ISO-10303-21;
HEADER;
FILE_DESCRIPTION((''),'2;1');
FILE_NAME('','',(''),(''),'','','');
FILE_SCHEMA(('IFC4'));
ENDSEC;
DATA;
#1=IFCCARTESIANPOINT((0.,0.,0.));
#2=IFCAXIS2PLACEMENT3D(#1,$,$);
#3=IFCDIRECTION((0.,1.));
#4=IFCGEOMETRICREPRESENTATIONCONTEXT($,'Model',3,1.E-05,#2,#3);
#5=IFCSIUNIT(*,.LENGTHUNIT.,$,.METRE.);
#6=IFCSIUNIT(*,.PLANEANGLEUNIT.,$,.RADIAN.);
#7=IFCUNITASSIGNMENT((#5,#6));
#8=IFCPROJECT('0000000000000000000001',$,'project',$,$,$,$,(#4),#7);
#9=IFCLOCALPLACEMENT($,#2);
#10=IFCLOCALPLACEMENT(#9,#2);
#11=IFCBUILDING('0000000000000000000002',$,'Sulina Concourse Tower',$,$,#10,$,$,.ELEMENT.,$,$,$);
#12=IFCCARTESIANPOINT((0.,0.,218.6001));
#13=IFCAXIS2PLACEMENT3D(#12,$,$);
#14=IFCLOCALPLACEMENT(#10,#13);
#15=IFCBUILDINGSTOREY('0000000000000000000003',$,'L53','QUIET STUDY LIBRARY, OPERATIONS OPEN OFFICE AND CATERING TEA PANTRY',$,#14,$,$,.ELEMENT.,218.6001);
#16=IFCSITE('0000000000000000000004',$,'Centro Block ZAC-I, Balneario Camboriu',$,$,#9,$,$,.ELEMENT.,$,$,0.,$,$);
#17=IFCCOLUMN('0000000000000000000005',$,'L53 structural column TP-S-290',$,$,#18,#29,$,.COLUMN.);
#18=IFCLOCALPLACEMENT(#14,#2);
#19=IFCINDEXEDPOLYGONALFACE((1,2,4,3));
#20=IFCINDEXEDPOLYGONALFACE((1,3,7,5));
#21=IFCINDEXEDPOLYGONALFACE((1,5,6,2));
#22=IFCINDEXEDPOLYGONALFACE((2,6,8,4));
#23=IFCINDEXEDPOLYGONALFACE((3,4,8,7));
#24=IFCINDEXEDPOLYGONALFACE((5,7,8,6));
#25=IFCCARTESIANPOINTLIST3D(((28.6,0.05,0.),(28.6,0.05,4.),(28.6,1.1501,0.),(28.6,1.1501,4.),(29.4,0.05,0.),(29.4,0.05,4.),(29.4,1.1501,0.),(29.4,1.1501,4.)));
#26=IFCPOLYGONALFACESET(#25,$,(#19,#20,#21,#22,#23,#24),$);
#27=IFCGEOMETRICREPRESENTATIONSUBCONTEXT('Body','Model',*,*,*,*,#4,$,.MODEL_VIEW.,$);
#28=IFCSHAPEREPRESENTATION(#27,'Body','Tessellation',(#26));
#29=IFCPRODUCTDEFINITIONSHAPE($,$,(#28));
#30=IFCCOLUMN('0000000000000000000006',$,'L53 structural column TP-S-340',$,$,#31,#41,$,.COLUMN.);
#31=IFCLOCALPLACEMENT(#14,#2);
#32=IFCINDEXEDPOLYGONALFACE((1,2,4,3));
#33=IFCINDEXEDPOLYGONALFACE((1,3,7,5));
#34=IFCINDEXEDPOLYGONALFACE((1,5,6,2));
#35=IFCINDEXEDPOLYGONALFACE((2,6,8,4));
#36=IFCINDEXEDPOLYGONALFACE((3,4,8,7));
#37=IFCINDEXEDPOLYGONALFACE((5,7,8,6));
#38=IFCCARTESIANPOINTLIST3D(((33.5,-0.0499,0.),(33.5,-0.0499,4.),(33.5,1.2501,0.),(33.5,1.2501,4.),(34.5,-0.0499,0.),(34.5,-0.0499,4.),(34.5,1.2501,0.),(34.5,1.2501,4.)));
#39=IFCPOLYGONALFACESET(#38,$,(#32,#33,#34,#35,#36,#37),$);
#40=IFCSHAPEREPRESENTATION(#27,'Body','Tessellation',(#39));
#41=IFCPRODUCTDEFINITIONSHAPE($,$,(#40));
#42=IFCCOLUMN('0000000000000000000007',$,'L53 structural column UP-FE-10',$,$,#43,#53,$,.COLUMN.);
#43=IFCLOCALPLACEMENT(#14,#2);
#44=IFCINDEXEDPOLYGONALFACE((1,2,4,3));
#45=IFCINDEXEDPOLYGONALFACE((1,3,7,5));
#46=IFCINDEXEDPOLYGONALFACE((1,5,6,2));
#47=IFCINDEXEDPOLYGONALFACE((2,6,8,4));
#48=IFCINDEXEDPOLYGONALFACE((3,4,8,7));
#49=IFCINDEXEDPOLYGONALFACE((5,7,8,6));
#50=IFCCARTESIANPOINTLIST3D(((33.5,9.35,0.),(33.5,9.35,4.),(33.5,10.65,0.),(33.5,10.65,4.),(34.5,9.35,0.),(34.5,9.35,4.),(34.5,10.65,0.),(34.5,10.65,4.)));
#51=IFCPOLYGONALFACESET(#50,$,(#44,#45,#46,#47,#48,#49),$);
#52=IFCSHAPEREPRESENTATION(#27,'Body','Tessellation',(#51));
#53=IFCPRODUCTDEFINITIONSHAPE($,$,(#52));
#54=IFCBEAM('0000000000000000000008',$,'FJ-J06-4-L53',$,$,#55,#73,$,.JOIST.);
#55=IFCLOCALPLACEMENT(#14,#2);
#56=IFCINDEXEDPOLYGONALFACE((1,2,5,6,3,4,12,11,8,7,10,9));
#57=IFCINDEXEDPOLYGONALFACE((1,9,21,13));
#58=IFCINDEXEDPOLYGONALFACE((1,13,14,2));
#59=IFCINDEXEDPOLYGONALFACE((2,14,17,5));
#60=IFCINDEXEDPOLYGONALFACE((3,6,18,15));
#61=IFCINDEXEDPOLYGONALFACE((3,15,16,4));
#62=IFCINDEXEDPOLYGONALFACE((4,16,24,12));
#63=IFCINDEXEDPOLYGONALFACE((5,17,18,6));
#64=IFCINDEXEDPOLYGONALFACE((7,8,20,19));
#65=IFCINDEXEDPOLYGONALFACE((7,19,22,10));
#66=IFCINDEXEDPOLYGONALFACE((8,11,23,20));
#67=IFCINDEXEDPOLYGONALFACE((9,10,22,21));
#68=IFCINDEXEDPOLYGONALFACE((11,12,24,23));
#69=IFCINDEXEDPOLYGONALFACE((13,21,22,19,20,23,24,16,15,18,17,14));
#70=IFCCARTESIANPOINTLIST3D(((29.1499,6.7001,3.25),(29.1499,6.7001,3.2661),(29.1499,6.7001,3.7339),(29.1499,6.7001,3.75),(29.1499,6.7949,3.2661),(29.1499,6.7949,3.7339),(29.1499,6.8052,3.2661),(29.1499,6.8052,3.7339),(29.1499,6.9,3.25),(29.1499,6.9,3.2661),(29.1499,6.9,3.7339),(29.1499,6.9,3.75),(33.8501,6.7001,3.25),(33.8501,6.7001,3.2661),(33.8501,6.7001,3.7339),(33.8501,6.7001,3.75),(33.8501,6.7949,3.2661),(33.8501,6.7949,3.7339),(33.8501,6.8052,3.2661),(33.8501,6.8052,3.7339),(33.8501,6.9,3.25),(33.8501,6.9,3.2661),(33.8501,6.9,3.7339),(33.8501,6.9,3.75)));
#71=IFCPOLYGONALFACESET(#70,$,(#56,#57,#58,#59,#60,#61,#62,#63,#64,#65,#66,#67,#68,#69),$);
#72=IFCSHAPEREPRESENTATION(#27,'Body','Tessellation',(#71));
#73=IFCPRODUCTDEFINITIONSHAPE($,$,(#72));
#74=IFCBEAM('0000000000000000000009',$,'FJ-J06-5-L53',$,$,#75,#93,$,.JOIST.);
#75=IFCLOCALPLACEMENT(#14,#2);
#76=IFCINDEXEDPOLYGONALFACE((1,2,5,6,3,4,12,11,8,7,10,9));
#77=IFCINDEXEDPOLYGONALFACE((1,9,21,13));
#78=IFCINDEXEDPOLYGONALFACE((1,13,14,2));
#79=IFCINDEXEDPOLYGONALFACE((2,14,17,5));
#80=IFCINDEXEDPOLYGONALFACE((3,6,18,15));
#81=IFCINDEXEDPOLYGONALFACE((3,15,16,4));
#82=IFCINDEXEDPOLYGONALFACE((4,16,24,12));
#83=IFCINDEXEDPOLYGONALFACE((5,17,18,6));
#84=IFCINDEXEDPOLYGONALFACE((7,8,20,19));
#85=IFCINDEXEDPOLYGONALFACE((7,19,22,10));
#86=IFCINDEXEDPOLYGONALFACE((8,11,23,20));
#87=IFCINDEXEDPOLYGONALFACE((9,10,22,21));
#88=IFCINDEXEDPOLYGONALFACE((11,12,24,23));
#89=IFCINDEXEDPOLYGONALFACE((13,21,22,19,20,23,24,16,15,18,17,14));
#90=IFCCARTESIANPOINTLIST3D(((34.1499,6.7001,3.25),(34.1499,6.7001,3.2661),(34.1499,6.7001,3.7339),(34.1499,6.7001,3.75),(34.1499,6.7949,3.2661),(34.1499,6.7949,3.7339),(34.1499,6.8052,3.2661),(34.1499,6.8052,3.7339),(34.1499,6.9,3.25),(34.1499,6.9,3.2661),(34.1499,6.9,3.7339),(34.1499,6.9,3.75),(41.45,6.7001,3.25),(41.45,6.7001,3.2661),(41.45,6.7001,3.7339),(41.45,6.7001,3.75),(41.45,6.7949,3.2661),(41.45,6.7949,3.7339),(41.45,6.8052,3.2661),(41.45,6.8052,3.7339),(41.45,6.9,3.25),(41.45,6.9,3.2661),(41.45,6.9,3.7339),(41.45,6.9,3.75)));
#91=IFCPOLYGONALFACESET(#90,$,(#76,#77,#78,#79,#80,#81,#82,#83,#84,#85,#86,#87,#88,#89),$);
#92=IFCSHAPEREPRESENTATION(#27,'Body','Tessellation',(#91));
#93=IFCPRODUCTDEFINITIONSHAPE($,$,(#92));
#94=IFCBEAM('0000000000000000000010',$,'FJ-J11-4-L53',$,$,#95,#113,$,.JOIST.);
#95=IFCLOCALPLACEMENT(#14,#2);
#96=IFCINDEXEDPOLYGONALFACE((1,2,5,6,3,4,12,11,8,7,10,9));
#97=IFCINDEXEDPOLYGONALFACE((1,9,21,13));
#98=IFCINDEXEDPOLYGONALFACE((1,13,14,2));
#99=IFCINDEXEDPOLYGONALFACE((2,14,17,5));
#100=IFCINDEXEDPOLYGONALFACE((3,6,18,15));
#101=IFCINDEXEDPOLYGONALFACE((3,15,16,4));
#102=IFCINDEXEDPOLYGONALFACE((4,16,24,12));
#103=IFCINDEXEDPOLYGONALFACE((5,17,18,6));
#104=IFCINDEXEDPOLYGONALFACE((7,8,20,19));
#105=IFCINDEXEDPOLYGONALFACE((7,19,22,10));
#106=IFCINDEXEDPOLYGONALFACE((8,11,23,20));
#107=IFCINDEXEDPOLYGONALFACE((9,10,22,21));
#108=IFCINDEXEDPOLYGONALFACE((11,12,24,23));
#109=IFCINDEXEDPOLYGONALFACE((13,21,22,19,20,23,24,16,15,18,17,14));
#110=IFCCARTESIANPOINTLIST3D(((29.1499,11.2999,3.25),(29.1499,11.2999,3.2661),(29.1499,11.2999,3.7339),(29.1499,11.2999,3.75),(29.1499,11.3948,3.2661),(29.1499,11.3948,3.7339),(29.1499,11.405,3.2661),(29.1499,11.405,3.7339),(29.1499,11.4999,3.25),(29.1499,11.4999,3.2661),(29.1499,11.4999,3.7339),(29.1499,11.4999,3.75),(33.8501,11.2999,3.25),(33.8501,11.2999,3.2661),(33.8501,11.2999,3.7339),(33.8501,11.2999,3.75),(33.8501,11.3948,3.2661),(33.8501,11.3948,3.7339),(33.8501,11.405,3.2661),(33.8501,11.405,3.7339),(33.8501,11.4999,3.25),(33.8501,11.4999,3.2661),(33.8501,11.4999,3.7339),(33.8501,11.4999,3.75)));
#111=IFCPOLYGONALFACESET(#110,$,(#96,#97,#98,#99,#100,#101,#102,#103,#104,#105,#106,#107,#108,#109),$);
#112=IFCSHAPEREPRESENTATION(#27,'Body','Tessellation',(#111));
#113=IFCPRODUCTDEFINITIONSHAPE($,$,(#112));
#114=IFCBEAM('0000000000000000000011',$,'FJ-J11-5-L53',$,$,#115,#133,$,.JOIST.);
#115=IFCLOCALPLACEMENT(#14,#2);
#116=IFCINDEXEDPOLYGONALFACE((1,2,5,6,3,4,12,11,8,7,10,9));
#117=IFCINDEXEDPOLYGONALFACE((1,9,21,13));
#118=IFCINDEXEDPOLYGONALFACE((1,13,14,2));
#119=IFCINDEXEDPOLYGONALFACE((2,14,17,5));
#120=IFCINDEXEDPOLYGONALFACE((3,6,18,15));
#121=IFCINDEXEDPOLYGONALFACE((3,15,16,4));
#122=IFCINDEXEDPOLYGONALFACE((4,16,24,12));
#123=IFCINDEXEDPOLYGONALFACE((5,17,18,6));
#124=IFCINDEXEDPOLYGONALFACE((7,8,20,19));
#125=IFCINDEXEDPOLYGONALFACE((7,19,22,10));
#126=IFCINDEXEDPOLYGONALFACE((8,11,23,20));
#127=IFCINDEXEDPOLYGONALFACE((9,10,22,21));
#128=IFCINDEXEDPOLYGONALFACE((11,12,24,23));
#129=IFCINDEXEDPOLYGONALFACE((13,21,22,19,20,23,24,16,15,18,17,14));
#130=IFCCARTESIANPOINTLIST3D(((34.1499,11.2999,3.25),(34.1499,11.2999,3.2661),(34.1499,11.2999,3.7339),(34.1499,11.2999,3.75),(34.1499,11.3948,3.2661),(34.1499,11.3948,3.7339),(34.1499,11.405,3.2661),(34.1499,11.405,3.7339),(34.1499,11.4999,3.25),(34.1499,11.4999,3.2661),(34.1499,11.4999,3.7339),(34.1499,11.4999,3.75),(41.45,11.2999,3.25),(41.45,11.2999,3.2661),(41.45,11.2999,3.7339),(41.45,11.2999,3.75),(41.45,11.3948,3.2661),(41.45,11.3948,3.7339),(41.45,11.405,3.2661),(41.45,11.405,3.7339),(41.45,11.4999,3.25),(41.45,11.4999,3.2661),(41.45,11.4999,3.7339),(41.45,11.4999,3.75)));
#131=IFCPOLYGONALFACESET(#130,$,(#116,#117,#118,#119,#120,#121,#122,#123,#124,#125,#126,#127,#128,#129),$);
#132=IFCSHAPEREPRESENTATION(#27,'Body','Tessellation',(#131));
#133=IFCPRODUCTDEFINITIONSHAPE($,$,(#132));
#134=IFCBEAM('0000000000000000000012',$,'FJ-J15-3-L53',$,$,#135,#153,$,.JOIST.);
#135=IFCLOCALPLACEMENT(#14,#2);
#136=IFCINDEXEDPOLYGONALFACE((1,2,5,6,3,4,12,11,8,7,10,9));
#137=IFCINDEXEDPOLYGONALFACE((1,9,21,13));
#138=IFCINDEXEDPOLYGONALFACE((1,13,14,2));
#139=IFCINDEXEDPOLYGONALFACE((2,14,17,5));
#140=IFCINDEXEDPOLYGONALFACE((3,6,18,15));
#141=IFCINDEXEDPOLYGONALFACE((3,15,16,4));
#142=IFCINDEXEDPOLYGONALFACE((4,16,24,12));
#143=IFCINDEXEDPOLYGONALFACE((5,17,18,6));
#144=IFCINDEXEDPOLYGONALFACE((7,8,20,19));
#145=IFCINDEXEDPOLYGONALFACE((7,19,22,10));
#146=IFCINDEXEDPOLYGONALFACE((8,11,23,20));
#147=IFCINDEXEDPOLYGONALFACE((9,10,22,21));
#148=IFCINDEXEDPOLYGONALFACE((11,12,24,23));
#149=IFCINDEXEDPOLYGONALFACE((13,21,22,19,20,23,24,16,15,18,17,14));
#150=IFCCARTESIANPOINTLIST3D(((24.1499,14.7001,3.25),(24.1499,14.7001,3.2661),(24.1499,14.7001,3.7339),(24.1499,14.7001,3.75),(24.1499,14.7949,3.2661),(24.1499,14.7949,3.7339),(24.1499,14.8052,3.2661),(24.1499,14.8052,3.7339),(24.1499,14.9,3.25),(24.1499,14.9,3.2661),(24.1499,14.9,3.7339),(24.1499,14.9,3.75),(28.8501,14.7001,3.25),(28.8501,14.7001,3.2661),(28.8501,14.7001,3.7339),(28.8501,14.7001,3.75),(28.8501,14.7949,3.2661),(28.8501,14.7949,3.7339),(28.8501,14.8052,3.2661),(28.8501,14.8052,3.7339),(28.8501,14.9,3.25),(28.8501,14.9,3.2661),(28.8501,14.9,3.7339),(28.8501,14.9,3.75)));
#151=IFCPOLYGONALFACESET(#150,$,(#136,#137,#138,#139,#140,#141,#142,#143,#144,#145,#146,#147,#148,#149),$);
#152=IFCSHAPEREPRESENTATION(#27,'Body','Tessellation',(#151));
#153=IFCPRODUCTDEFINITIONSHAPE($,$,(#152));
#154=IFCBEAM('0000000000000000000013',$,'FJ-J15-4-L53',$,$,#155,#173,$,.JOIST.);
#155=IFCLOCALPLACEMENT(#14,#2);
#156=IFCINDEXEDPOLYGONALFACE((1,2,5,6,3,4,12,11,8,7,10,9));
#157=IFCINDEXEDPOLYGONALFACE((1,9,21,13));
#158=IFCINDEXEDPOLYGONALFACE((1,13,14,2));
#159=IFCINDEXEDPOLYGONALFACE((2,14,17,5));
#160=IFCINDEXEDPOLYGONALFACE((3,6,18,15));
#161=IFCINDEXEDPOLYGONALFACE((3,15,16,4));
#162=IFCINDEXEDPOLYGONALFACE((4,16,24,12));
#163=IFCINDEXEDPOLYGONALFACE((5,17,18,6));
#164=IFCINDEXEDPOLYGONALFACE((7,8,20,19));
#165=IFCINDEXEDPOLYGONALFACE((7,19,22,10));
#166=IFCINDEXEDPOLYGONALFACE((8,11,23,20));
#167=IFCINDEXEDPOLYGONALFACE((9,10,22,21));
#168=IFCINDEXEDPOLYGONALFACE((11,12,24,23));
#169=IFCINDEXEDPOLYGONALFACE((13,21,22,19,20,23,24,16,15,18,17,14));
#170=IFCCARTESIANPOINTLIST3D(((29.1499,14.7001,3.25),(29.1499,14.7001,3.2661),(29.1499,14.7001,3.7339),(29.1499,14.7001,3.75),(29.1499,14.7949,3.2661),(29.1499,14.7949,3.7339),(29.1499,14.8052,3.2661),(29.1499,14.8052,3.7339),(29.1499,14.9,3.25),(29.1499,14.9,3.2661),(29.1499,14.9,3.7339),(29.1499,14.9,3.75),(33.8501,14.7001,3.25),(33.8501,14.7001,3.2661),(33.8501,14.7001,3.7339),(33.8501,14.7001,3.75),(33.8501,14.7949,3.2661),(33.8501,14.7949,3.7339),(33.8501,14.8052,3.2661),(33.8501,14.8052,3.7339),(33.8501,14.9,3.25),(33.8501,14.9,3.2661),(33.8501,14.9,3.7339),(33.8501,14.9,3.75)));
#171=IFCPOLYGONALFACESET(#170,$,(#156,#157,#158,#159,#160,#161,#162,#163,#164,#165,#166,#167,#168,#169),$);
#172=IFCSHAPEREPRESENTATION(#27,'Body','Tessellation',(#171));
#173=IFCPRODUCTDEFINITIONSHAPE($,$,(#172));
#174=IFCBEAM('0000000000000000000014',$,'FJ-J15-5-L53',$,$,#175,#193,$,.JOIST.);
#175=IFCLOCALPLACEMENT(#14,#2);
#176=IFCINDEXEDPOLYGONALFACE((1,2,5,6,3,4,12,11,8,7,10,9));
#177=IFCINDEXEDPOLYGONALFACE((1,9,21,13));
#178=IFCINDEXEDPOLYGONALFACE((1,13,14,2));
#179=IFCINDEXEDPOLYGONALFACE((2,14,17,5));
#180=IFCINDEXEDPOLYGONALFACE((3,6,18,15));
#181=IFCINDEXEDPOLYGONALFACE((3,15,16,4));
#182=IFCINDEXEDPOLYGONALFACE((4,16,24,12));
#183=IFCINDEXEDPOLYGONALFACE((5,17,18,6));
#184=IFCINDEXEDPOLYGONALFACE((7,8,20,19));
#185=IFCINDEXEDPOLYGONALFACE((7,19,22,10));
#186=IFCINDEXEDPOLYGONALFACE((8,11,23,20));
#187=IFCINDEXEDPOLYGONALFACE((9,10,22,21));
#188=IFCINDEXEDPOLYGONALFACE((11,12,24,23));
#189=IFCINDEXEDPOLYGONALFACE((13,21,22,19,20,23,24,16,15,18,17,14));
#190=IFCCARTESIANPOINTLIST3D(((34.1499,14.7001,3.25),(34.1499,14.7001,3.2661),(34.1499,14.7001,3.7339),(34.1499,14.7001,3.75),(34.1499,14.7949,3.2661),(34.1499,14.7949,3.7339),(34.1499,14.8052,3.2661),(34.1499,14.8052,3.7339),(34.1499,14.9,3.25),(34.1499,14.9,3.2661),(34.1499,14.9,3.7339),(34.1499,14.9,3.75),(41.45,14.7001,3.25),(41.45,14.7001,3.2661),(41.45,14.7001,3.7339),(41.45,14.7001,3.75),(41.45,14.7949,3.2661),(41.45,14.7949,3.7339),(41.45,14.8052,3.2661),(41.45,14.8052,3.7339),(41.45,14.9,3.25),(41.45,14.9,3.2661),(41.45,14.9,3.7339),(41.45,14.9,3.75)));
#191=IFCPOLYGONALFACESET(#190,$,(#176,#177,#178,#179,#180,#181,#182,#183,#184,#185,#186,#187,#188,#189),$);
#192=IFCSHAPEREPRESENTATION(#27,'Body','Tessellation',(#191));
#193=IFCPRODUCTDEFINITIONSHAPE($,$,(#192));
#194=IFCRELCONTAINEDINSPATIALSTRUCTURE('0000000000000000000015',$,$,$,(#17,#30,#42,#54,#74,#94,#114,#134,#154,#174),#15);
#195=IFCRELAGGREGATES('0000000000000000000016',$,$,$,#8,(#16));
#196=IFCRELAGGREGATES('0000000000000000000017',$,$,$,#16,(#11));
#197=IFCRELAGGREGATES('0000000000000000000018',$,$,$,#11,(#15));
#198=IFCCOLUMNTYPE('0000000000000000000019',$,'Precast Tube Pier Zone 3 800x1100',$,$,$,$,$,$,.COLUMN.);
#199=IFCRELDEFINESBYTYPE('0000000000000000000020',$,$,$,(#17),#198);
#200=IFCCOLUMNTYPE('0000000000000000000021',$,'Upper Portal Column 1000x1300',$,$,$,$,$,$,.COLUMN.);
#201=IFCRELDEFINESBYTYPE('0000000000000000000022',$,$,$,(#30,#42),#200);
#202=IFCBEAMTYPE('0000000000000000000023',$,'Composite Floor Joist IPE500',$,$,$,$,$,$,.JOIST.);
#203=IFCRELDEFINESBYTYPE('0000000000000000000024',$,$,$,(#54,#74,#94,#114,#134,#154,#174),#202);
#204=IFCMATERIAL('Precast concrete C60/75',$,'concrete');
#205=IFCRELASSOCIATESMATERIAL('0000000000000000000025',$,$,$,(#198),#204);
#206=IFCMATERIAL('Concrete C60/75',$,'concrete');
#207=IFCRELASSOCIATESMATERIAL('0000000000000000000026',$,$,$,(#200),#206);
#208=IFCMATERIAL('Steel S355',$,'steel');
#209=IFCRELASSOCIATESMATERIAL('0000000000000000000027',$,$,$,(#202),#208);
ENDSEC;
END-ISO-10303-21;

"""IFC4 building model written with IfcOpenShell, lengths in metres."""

from ifc_helpers import new_model, si_unit, direction, frame, origin, origin_2d, place, context, subcontext, project, spatial, rectangle, i_section, extrude, material, material_profile, profile_set, type_object, element, save


model = new_model("IFC4")

# Units and contexts
model_context = context("Model", 3, precision=1e-05, world=origin(), true_north=direction((0.0, 1.0)))
body_context = subcontext(model_context, "Body", "Model", "MODEL_VIEW")
ifc_project = project(units=[si_unit("LENGTHUNIT", "METRE"), si_unit("PLANEANGLEUNIT", "RADIAN")], contexts=[model_context])

# Site, building, storey
site_placement = place(None, origin())
site = spatial("IfcSite", under=ifc_project, at=site_placement, Name="Centro Block ZAC-I, Balneario Camboriu", CompositionType="ELEMENT", RefElevation=0.0)
building_placement = place(site_placement, origin())
building = spatial("IfcBuilding", under=site, at=building_placement, Name="Sulina Concourse Tower", CompositionType="ELEMENT")
storey_placement = place(building_placement, frame((0.0, 0.0, 218.6001)))
storey = spatial("IfcBuildingStorey", under=building, at=storey_placement, Name="L53", Description="QUIET STUDY LIBRARY, OPERATIONS OPEN OFFICE AND CATERING TEA PANTRY", CompositionType="ELEMENT", Elevation=218.6001)

# Columns
ifc_material_1 = material(Name="Precast concrete C60/75", Category="concrete")
ifc_material_profile_1 = material_profile(ifc_material_1, rectangle(XDim=0.8, YDim=1.1001, at=origin_2d()), Name="PC 800x1100")
ifc_profile_set_1 = profile_set([ifc_material_profile_1], Name="Precast concrete C60/75")
column_type_1 = type_object("IfcColumnType", Name="Precast Tube Pier Zone 3 800x1100", PredefinedType="COLUMN", material=ifc_profile_set_1)
column_placement = place(storey_placement, frame((29.0, 0.6001, 0.0), z_axis=(0.0, 0.0, 1.0), x_axis=(1.0, 0.0, 0.0)))
element("IfcColumn", 1, at=column_placement, inside=storey, type_object=column_type_1, Name="L53 structural column TP-S-290", PredefinedType="COLUMN", context=body_context, shape_type="SweptSolid", body=[
    extrude(rectangle(XDim=0.8, YDim=1.1001, at=origin_2d()), origin(), (0.0, 0.0, 1.0), 4.0),
])
ifc_material_2 = material(Name="Concrete C60/75", Category="concrete")
ifc_material_profile_2 = material_profile(ifc_material_2, rectangle(XDim=1.0, YDim=1.3, at=origin_2d()), Name="RC 1000x1300")
ifc_profile_set_2 = profile_set([ifc_material_profile_2], Name="Concrete C60/75")
column_type_2 = type_object("IfcColumnType", Name="Upper Portal Column 1000x1300", PredefinedType="COLUMN", material=ifc_profile_set_2)
for number, where, z_axis, x_axis, name in (
    (2, (34.0, 0.6001, 0.0), (0.0, 0.0, 1.0), (1.0, 0.0, 0.0), "L53 structural column TP-S-340"),
    (3, (34.0, 10.0, 0.0), (0.0, 0.0, 1.0), (1.0, 0.0, 0.0), "L53 structural column UP-FE-10"),
):
    element("IfcColumn", number, at=place(storey_placement, frame(where, z_axis=z_axis, x_axis=x_axis)), inside=storey, type_object=column_type_2, Name=name, PredefinedType="COLUMN", context=body_context, shape_type="SweptSolid", body=[
        extrude(rectangle(XDim=1.0, YDim=1.3, at=origin_2d()), origin(), (0.0, 0.0, 1.0), 4.0),
    ])

# Beams
ifc_material_3 = material(Name="Steel S355", Category="steel")
ifc_material_profile_3 = material_profile(ifc_material_3, i_section(OverallWidth=0.2, OverallDepth=0.5, WebThickness=0.0103, FlangeThickness=0.0161, at=origin_2d()), Name="IPE 500")
ifc_profile_set_3 = profile_set([ifc_material_profile_3], Name="Steel S355")
beam_type_1 = type_object("IfcBeamType", Name="Composite Floor Joist IPE500", PredefinedType="JOIST", material=ifc_profile_set_3)
beam_1_placement = place(storey_placement, frame((29.1499, 6.8, 3.5), z_axis=(1.0, 0.0, 0.0), x_axis=(0.0, 1.0, 0.0)))
element("IfcBeam", 4, at=beam_1_placement, inside=storey, type_object=beam_type_1, Name="FJ-J06-4-L53", PredefinedType="JOIST", context=body_context, shape_type="SweptSolid", body=[
    extrude(i_section(OverallWidth=0.2, OverallDepth=0.5, WebThickness=0.0103, FlangeThickness=0.0161, at=origin_2d()), origin(), (0.0, 0.0, 1.0), 4.7002),
])
beam_2_placement = place(storey_placement, frame((34.1499, 6.8, 3.5), z_axis=(1.0, 0.0, 0.0), x_axis=(0.0, 1.0, 0.0)))
element("IfcBeam", 5, at=beam_2_placement, inside=storey, type_object=beam_type_1, Name="FJ-J06-5-L53", PredefinedType="JOIST", context=body_context, shape_type="SweptSolid", body=[
    extrude(i_section(OverallWidth=0.2, OverallDepth=0.5, WebThickness=0.0103, FlangeThickness=0.0161, at=origin_2d()), origin(), (0.0, 0.0, 1.0), 7.3),
])
beam_3_placement = place(storey_placement, frame((29.1499, 11.3999, 3.5), z_axis=(1.0, 0.0, 0.0), x_axis=(0.0, 1.0, 0.0)))
element("IfcBeam", 6, at=beam_3_placement, inside=storey, type_object=beam_type_1, Name="FJ-J11-4-L53", PredefinedType="JOIST", context=body_context, shape_type="SweptSolid", body=[
    extrude(i_section(OverallWidth=0.2, OverallDepth=0.5, WebThickness=0.0103, FlangeThickness=0.0161, at=origin_2d()), origin(), (0.0, 0.0, 1.0), 4.7002),
])
beam_4_placement = place(storey_placement, frame((34.1499, 11.3999, 3.5), z_axis=(1.0, 0.0, 0.0), x_axis=(0.0, 1.0, 0.0)))
element("IfcBeam", 7, at=beam_4_placement, inside=storey, type_object=beam_type_1, Name="FJ-J11-5-L53", PredefinedType="JOIST", context=body_context, shape_type="SweptSolid", body=[
    extrude(i_section(OverallWidth=0.2, OverallDepth=0.5, WebThickness=0.0103, FlangeThickness=0.0161, at=origin_2d()), origin(), (0.0, 0.0, 1.0), 7.3),
])
for number, where, z_axis, x_axis, name in (
    (8, (24.1499, 14.8, 3.5), (1.0, 0.0, 0.0), (0.0, 1.0, 0.0), "FJ-J15-3-L53"),
    (9, (29.1499, 14.8, 3.5), (1.0, 0.0, 0.0), (0.0, 1.0, 0.0), "FJ-J15-4-L53"),
):
    element("IfcBeam", number, at=place(storey_placement, frame(where, z_axis=z_axis, x_axis=x_axis)), inside=storey, type_object=beam_type_1, Name=name, PredefinedType="JOIST", context=body_context, shape_type="SweptSolid", body=[
        extrude(i_section(OverallWidth=0.2, OverallDepth=0.5, WebThickness=0.0103, FlangeThickness=0.0161, at=origin_2d()), origin(), (0.0, 0.0, 1.0), 4.7002),
    ])
beam_5_placement = place(storey_placement, frame((34.1499, 14.8, 3.5), z_axis=(1.0, 0.0, 0.0), x_axis=(0.0, 1.0, 0.0)))
element("IfcBeam", 10, at=beam_5_placement, inside=storey, type_object=beam_type_1, Name="FJ-J15-5-L53", PredefinedType="JOIST", context=body_context, shape_type="SweptSolid", body=[
    extrude(i_section(OverallWidth=0.2, OverallDepth=0.5, WebThickness=0.0103, FlangeThickness=0.0161, at=origin_2d()), origin(), (0.0, 0.0, 1.0), 7.3),
])

save(model, "model.ifc")
